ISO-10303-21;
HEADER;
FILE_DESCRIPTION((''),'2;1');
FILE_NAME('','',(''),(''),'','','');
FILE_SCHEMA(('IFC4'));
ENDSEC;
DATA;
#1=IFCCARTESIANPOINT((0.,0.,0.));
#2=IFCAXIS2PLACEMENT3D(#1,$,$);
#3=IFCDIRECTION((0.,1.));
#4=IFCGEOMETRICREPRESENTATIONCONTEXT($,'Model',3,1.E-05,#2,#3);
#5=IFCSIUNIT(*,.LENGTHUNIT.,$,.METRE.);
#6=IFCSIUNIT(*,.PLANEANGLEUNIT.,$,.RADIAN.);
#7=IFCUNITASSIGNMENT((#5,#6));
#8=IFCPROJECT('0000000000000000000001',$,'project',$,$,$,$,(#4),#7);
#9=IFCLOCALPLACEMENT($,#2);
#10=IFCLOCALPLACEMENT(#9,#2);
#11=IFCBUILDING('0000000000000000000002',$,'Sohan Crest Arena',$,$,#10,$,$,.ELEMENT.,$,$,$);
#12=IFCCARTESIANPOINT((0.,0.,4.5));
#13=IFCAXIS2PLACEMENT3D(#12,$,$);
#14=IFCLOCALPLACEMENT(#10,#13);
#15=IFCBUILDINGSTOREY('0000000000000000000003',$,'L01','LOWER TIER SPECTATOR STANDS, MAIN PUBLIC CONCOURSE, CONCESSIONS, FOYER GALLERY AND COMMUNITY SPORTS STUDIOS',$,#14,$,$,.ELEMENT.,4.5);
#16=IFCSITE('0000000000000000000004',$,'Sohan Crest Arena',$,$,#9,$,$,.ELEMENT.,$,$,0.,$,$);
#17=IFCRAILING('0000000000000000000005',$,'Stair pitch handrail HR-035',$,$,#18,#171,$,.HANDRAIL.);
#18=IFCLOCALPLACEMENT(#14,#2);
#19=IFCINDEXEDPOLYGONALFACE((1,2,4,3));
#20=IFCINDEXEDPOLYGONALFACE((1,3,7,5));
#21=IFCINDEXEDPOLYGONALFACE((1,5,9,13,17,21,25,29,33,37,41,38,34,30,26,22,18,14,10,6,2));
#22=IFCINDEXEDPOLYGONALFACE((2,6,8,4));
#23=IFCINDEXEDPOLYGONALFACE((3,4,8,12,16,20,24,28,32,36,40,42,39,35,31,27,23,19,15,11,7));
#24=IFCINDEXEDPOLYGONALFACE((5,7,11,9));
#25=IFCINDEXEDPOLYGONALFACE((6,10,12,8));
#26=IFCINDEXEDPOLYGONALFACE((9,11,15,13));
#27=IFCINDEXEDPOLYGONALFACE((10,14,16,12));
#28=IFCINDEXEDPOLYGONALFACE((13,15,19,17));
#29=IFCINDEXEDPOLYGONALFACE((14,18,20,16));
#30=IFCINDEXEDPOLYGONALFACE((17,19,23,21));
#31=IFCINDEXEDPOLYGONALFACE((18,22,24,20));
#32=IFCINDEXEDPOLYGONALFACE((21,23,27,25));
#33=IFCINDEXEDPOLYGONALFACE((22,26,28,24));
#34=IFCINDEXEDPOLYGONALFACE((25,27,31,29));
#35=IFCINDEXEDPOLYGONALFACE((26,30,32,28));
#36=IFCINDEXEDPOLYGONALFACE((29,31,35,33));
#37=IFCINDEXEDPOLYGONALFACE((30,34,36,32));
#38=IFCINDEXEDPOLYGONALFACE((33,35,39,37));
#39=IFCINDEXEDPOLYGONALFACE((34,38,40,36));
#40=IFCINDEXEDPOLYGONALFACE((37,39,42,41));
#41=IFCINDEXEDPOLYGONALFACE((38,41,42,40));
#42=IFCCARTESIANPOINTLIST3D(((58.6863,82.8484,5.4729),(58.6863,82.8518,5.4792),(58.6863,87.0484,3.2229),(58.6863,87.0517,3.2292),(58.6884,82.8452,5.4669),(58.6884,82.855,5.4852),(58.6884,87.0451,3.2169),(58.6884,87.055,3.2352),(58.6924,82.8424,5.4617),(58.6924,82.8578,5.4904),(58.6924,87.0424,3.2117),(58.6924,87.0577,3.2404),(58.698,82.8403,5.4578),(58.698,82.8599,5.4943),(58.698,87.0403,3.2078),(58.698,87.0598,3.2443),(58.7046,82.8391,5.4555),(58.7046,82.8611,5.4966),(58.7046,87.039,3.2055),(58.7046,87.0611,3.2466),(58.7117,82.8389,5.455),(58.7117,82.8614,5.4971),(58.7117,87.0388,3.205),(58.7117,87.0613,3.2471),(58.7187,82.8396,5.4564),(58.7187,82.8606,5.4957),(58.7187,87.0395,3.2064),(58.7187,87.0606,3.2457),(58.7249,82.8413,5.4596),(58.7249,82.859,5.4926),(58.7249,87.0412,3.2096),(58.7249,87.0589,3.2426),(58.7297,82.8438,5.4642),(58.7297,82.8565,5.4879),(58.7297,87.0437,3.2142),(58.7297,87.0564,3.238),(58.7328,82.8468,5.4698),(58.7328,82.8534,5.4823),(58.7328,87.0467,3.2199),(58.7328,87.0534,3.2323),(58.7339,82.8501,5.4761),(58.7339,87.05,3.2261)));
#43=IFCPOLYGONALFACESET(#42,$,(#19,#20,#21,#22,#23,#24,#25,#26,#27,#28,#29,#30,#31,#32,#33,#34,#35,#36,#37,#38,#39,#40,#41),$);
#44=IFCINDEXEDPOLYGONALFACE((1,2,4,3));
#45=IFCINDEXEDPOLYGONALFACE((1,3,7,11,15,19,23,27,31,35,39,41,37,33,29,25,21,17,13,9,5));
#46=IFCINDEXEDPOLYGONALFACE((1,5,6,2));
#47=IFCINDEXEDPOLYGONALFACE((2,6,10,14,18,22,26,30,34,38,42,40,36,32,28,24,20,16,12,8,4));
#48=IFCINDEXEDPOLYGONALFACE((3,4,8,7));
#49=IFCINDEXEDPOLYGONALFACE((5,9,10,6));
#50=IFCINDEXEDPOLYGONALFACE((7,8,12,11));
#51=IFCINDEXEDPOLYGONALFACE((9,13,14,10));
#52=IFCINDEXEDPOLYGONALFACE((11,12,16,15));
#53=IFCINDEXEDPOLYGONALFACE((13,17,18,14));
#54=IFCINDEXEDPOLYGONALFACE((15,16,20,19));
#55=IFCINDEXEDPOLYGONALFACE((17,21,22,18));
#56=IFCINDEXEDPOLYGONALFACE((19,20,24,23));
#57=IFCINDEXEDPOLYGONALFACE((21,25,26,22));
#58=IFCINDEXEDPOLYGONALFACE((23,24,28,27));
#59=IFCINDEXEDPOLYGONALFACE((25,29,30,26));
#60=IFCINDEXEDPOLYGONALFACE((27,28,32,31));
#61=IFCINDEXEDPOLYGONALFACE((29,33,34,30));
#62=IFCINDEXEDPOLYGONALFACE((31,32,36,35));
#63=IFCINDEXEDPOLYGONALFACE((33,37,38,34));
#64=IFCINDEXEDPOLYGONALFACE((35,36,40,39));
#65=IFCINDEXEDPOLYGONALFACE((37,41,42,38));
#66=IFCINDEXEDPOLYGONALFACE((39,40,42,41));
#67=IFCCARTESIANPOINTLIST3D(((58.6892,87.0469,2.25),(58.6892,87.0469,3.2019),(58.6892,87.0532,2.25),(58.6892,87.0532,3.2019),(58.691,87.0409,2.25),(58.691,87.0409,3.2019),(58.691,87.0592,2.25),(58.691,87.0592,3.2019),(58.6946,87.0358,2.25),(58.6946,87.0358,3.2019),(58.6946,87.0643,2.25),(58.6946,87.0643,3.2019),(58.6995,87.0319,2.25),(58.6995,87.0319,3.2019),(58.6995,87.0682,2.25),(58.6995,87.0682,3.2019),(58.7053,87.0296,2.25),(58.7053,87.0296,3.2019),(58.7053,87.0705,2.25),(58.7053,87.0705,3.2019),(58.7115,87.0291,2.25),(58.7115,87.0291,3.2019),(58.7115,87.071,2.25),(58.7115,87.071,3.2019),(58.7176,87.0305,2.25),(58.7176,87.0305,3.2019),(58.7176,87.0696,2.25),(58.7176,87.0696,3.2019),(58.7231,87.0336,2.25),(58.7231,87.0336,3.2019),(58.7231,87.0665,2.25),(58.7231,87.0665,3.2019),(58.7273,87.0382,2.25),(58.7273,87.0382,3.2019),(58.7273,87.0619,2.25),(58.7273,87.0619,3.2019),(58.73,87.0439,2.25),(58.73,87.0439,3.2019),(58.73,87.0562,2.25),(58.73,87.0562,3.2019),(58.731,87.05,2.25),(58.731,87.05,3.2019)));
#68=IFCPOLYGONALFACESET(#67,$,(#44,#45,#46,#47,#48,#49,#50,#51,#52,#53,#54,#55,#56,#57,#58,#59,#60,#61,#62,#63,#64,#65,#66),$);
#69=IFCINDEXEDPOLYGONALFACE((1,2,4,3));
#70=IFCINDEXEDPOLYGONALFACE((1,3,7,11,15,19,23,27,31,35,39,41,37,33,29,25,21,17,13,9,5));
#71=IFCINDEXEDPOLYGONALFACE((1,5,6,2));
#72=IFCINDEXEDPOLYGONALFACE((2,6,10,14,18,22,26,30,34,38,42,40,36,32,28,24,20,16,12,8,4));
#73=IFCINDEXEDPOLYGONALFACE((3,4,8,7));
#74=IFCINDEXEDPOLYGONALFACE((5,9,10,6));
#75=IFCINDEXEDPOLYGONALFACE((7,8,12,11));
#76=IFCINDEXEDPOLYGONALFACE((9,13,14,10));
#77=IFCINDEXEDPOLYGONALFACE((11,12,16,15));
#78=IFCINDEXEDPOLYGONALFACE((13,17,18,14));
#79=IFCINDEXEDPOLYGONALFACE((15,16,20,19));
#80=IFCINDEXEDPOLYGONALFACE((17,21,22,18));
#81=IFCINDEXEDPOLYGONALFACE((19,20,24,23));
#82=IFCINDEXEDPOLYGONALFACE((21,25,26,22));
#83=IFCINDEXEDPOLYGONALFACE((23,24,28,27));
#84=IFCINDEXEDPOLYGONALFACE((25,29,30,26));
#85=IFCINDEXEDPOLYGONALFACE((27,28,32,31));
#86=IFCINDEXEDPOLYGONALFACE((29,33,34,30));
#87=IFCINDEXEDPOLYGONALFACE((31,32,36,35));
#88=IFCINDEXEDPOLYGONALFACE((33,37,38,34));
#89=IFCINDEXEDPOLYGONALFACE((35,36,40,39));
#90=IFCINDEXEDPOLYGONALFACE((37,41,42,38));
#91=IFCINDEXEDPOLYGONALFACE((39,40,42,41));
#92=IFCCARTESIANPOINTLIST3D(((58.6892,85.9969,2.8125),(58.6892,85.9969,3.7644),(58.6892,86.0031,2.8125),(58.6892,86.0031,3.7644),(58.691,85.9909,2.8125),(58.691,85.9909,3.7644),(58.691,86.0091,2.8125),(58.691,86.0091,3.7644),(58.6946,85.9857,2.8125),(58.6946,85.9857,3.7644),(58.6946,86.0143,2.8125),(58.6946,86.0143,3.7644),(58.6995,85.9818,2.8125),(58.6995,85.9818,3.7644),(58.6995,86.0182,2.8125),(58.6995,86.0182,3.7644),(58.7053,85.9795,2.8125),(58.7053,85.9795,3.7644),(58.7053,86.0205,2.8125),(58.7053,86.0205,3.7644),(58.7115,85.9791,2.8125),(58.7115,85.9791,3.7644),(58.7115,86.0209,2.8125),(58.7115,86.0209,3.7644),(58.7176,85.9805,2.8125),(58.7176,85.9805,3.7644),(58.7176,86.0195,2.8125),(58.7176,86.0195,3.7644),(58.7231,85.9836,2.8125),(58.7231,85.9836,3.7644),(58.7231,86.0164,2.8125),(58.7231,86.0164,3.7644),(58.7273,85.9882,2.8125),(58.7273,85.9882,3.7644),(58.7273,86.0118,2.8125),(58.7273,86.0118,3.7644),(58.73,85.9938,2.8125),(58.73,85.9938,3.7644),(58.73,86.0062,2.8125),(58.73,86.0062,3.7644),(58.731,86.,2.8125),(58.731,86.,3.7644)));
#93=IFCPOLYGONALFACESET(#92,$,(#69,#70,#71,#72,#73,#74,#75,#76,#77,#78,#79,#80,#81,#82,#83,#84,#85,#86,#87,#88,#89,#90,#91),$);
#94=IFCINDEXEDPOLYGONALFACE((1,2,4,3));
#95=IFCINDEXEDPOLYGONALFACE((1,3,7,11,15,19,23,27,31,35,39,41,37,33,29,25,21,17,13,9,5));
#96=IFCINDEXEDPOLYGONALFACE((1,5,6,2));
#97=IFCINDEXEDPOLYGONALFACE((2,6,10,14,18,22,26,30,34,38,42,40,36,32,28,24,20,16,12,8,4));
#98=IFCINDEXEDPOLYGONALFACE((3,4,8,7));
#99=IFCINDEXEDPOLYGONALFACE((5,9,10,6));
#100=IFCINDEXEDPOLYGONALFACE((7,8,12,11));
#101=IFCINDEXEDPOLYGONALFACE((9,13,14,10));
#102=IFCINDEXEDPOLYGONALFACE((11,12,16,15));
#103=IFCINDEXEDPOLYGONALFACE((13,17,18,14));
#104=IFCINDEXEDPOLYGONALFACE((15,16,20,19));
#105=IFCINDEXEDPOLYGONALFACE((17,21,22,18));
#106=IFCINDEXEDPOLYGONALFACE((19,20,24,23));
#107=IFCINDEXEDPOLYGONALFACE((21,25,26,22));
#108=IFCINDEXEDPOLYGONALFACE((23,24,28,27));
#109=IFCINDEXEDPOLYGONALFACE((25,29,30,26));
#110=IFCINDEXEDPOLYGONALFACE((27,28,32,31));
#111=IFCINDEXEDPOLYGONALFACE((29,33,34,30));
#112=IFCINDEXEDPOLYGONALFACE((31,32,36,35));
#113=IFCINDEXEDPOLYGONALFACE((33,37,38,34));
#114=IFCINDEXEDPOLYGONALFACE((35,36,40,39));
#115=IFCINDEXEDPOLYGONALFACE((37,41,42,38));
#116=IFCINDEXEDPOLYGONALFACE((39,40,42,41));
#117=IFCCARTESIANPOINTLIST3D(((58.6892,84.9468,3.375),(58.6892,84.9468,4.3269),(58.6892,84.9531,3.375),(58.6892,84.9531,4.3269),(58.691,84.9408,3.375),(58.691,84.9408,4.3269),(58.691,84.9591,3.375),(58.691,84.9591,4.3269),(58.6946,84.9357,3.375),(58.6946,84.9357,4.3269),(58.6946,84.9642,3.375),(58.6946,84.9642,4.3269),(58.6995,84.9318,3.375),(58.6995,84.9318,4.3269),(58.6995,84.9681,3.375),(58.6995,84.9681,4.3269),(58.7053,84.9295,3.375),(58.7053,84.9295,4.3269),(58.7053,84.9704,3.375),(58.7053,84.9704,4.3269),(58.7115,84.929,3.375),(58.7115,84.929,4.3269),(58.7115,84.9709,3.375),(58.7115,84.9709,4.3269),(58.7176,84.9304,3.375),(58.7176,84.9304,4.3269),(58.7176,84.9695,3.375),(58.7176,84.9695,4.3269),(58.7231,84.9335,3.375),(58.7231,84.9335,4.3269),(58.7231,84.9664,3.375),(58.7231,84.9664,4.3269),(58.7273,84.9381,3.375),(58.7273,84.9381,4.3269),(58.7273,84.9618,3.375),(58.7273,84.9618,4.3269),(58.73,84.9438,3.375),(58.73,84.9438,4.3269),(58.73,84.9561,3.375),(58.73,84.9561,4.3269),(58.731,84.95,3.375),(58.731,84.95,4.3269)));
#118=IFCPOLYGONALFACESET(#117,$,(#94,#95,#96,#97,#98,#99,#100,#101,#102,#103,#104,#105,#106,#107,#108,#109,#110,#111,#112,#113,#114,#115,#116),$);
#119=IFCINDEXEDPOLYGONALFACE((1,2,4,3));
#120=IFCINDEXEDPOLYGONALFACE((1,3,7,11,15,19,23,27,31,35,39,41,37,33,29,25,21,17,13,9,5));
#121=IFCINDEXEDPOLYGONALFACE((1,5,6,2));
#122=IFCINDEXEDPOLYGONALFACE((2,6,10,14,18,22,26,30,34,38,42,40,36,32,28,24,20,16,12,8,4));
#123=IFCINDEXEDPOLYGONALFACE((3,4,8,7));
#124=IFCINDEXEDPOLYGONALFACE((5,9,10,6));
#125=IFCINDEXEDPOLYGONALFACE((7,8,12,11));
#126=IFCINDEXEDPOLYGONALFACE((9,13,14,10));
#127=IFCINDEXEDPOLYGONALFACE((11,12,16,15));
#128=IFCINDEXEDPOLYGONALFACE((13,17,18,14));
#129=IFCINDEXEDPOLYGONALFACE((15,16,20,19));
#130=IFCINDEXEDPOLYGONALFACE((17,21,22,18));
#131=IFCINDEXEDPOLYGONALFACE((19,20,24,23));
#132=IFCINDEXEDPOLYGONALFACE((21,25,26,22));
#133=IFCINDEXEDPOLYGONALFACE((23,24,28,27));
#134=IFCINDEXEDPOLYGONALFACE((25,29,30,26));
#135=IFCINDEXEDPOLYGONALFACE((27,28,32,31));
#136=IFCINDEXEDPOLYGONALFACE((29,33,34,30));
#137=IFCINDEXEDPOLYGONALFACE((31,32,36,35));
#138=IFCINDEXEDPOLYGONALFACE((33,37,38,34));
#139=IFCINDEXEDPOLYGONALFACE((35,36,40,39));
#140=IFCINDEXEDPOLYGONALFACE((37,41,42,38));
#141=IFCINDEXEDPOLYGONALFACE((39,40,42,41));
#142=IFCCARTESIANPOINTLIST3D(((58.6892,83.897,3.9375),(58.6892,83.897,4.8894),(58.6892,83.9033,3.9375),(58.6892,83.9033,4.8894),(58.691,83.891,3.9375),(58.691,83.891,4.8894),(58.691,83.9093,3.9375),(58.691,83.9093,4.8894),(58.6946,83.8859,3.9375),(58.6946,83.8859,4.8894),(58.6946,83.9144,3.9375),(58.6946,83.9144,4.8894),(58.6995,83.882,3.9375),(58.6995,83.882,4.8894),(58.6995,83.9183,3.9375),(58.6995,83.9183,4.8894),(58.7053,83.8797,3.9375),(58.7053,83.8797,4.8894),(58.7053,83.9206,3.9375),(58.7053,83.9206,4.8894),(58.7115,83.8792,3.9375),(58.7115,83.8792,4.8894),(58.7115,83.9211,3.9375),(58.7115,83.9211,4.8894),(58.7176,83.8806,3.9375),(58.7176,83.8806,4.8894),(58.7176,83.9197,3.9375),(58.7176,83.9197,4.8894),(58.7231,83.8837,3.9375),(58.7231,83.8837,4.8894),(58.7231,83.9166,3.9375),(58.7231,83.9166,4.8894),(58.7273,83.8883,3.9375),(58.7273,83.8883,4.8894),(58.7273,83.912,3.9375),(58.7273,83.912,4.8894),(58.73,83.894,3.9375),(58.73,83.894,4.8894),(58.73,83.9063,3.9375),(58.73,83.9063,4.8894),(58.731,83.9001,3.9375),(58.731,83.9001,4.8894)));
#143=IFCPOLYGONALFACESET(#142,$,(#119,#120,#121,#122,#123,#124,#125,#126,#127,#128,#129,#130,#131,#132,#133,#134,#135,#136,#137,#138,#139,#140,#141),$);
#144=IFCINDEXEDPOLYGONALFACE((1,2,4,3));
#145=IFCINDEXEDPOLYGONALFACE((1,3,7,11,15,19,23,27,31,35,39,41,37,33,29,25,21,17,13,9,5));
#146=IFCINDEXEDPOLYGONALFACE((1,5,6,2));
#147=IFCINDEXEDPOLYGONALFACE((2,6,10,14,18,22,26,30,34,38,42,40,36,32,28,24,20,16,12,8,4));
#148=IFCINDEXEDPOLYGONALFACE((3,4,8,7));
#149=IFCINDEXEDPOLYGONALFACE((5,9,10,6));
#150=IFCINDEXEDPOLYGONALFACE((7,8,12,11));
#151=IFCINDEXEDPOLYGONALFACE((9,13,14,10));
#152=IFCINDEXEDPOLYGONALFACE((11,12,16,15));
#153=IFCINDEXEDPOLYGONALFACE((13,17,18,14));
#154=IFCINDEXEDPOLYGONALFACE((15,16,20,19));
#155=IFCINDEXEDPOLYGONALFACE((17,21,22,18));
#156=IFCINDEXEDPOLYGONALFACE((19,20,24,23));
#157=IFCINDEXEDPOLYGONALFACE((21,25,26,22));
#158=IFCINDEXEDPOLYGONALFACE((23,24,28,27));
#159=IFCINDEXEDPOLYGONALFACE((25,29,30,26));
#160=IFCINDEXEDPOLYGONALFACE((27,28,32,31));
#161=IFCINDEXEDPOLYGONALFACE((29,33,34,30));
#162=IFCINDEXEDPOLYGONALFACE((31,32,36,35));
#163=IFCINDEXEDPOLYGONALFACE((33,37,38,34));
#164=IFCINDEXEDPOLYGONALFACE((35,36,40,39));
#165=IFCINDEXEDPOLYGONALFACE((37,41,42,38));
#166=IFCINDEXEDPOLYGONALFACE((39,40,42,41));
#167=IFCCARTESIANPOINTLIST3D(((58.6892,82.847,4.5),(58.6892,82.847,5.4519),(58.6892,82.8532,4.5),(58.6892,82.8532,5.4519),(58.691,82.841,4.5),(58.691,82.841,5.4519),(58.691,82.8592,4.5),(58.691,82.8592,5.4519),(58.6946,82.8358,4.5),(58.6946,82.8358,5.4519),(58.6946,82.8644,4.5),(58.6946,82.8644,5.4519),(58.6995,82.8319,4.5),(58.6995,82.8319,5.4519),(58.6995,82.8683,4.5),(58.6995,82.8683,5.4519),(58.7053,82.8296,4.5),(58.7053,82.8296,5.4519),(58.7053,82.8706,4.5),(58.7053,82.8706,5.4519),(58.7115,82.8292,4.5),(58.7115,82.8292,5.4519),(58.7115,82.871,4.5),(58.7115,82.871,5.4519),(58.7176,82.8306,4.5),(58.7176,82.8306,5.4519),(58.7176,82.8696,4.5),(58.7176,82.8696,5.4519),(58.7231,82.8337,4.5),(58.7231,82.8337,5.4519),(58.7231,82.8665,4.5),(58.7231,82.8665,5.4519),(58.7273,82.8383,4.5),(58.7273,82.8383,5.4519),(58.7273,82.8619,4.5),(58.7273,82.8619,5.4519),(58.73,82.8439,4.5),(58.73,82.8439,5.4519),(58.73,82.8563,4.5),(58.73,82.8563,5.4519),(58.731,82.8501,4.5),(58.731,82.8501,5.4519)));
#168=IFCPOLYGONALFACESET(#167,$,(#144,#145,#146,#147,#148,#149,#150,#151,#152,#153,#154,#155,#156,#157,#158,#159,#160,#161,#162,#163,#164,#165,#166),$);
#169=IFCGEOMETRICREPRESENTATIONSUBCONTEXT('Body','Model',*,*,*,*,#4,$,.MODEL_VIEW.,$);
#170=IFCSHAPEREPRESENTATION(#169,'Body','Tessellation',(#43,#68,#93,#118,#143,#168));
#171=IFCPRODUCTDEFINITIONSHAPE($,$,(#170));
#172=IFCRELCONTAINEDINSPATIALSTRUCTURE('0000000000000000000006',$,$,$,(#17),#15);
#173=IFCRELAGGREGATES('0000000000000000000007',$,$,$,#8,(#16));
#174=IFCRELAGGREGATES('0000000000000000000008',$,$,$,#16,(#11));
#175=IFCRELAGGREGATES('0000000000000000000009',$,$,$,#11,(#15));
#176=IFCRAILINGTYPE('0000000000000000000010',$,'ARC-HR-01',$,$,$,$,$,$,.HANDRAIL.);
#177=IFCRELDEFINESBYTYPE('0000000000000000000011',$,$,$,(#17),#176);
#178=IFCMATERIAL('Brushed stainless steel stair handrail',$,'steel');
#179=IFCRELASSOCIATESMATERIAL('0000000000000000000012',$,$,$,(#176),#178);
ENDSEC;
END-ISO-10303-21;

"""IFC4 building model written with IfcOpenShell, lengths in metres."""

from ifc_helpers import new_model, si_unit, direction, frame, origin, origin_2d, place, context, subcontext, project, spatial, circle, extrude, material, type_object, element, save


model = new_model("IFC4")

# Units and contexts
model_context = context("Model", 3, precision=1e-05, world=origin(), true_north=direction((0.0, 1.0)))
body_context = subcontext(model_context, "Body", "Model", "MODEL_VIEW")
ifc_project = project(units=[si_unit("LENGTHUNIT", "METRE"), si_unit("PLANEANGLEUNIT", "RADIAN")], contexts=[model_context])

# Site, building, storey
site_placement = place(None, origin())
site = spatial("IfcSite", under=ifc_project, at=site_placement, Name="Sohan Crest Arena", CompositionType="ELEMENT", RefElevation=0.0)
building_placement = place(site_placement, origin())
building = spatial("IfcBuilding", under=site, at=building_placement, Name="Sohan Crest Arena", CompositionType="ELEMENT")
storey_placement = place(building_placement, frame((0.0, 0.0, 4.5)))
storey = spatial("IfcBuildingStorey", under=building, at=storey_placement, Name="L01", Description="LOWER TIER SPECTATOR STANDS, MAIN PUBLIC CONCOURSE, CONCESSIONS, FOYER GALLERY AND COMMUNITY SPORTS STUDIOS", CompositionType="ELEMENT", Elevation=4.5)

# Railing
ifc_material_1 = material(Name="Brushed stainless steel stair handrail", Category="steel")
railing_type_1 = type_object("IfcRailingType", Name="ARC-HR-01", PredefinedType="HANDRAIL", material=ifc_material_1)
for number, where, name in (
    (1, (58.71, 87.05, 2.25), "Stair pitch handrail HR-035"),
):
    element("IfcRailing", number, at=place(storey_placement, frame(where)), inside=storey, type_object=railing_type_1, Name=name, PredefinedType="HANDRAIL", context=body_context, shape_type="SweptSolid", body=[
        extrude(circle(Radius=0.0239, at=origin_2d()), frame((0.0, 0.0, 0.9761), z_axis=(0.0, -0.881478, 0.472226), x_axis=(1.0, 0.0, 0.0)), (0.0, 0.0, 1.0), 4.7646),
        extrude(circle(Radius=0.021, at=origin_2d()), origin(), (0.0, 0.0, 1.0), 0.9519),
        extrude(circle(Radius=0.021, at=origin_2d()), frame((0.0, -1.05, 0.5625)), (0.0, 0.0, 1.0), 0.9519),
        extrude(circle(Radius=0.021, at=origin_2d()), frame((0.0, -2.1001, 1.125)), (0.0, 0.0, 1.0), 0.9519),
        extrude(circle(Radius=0.021, at=origin_2d()), frame((0.0, -3.1499, 1.6875)), (0.0, 0.0, 1.0), 0.9519),
        extrude(circle(Radius=0.021, at=origin_2d()), frame((0.0, -4.2, 2.25)), (0.0, 0.0, 1.0), 0.9519),
    ])

save(model, "model.ifc")
